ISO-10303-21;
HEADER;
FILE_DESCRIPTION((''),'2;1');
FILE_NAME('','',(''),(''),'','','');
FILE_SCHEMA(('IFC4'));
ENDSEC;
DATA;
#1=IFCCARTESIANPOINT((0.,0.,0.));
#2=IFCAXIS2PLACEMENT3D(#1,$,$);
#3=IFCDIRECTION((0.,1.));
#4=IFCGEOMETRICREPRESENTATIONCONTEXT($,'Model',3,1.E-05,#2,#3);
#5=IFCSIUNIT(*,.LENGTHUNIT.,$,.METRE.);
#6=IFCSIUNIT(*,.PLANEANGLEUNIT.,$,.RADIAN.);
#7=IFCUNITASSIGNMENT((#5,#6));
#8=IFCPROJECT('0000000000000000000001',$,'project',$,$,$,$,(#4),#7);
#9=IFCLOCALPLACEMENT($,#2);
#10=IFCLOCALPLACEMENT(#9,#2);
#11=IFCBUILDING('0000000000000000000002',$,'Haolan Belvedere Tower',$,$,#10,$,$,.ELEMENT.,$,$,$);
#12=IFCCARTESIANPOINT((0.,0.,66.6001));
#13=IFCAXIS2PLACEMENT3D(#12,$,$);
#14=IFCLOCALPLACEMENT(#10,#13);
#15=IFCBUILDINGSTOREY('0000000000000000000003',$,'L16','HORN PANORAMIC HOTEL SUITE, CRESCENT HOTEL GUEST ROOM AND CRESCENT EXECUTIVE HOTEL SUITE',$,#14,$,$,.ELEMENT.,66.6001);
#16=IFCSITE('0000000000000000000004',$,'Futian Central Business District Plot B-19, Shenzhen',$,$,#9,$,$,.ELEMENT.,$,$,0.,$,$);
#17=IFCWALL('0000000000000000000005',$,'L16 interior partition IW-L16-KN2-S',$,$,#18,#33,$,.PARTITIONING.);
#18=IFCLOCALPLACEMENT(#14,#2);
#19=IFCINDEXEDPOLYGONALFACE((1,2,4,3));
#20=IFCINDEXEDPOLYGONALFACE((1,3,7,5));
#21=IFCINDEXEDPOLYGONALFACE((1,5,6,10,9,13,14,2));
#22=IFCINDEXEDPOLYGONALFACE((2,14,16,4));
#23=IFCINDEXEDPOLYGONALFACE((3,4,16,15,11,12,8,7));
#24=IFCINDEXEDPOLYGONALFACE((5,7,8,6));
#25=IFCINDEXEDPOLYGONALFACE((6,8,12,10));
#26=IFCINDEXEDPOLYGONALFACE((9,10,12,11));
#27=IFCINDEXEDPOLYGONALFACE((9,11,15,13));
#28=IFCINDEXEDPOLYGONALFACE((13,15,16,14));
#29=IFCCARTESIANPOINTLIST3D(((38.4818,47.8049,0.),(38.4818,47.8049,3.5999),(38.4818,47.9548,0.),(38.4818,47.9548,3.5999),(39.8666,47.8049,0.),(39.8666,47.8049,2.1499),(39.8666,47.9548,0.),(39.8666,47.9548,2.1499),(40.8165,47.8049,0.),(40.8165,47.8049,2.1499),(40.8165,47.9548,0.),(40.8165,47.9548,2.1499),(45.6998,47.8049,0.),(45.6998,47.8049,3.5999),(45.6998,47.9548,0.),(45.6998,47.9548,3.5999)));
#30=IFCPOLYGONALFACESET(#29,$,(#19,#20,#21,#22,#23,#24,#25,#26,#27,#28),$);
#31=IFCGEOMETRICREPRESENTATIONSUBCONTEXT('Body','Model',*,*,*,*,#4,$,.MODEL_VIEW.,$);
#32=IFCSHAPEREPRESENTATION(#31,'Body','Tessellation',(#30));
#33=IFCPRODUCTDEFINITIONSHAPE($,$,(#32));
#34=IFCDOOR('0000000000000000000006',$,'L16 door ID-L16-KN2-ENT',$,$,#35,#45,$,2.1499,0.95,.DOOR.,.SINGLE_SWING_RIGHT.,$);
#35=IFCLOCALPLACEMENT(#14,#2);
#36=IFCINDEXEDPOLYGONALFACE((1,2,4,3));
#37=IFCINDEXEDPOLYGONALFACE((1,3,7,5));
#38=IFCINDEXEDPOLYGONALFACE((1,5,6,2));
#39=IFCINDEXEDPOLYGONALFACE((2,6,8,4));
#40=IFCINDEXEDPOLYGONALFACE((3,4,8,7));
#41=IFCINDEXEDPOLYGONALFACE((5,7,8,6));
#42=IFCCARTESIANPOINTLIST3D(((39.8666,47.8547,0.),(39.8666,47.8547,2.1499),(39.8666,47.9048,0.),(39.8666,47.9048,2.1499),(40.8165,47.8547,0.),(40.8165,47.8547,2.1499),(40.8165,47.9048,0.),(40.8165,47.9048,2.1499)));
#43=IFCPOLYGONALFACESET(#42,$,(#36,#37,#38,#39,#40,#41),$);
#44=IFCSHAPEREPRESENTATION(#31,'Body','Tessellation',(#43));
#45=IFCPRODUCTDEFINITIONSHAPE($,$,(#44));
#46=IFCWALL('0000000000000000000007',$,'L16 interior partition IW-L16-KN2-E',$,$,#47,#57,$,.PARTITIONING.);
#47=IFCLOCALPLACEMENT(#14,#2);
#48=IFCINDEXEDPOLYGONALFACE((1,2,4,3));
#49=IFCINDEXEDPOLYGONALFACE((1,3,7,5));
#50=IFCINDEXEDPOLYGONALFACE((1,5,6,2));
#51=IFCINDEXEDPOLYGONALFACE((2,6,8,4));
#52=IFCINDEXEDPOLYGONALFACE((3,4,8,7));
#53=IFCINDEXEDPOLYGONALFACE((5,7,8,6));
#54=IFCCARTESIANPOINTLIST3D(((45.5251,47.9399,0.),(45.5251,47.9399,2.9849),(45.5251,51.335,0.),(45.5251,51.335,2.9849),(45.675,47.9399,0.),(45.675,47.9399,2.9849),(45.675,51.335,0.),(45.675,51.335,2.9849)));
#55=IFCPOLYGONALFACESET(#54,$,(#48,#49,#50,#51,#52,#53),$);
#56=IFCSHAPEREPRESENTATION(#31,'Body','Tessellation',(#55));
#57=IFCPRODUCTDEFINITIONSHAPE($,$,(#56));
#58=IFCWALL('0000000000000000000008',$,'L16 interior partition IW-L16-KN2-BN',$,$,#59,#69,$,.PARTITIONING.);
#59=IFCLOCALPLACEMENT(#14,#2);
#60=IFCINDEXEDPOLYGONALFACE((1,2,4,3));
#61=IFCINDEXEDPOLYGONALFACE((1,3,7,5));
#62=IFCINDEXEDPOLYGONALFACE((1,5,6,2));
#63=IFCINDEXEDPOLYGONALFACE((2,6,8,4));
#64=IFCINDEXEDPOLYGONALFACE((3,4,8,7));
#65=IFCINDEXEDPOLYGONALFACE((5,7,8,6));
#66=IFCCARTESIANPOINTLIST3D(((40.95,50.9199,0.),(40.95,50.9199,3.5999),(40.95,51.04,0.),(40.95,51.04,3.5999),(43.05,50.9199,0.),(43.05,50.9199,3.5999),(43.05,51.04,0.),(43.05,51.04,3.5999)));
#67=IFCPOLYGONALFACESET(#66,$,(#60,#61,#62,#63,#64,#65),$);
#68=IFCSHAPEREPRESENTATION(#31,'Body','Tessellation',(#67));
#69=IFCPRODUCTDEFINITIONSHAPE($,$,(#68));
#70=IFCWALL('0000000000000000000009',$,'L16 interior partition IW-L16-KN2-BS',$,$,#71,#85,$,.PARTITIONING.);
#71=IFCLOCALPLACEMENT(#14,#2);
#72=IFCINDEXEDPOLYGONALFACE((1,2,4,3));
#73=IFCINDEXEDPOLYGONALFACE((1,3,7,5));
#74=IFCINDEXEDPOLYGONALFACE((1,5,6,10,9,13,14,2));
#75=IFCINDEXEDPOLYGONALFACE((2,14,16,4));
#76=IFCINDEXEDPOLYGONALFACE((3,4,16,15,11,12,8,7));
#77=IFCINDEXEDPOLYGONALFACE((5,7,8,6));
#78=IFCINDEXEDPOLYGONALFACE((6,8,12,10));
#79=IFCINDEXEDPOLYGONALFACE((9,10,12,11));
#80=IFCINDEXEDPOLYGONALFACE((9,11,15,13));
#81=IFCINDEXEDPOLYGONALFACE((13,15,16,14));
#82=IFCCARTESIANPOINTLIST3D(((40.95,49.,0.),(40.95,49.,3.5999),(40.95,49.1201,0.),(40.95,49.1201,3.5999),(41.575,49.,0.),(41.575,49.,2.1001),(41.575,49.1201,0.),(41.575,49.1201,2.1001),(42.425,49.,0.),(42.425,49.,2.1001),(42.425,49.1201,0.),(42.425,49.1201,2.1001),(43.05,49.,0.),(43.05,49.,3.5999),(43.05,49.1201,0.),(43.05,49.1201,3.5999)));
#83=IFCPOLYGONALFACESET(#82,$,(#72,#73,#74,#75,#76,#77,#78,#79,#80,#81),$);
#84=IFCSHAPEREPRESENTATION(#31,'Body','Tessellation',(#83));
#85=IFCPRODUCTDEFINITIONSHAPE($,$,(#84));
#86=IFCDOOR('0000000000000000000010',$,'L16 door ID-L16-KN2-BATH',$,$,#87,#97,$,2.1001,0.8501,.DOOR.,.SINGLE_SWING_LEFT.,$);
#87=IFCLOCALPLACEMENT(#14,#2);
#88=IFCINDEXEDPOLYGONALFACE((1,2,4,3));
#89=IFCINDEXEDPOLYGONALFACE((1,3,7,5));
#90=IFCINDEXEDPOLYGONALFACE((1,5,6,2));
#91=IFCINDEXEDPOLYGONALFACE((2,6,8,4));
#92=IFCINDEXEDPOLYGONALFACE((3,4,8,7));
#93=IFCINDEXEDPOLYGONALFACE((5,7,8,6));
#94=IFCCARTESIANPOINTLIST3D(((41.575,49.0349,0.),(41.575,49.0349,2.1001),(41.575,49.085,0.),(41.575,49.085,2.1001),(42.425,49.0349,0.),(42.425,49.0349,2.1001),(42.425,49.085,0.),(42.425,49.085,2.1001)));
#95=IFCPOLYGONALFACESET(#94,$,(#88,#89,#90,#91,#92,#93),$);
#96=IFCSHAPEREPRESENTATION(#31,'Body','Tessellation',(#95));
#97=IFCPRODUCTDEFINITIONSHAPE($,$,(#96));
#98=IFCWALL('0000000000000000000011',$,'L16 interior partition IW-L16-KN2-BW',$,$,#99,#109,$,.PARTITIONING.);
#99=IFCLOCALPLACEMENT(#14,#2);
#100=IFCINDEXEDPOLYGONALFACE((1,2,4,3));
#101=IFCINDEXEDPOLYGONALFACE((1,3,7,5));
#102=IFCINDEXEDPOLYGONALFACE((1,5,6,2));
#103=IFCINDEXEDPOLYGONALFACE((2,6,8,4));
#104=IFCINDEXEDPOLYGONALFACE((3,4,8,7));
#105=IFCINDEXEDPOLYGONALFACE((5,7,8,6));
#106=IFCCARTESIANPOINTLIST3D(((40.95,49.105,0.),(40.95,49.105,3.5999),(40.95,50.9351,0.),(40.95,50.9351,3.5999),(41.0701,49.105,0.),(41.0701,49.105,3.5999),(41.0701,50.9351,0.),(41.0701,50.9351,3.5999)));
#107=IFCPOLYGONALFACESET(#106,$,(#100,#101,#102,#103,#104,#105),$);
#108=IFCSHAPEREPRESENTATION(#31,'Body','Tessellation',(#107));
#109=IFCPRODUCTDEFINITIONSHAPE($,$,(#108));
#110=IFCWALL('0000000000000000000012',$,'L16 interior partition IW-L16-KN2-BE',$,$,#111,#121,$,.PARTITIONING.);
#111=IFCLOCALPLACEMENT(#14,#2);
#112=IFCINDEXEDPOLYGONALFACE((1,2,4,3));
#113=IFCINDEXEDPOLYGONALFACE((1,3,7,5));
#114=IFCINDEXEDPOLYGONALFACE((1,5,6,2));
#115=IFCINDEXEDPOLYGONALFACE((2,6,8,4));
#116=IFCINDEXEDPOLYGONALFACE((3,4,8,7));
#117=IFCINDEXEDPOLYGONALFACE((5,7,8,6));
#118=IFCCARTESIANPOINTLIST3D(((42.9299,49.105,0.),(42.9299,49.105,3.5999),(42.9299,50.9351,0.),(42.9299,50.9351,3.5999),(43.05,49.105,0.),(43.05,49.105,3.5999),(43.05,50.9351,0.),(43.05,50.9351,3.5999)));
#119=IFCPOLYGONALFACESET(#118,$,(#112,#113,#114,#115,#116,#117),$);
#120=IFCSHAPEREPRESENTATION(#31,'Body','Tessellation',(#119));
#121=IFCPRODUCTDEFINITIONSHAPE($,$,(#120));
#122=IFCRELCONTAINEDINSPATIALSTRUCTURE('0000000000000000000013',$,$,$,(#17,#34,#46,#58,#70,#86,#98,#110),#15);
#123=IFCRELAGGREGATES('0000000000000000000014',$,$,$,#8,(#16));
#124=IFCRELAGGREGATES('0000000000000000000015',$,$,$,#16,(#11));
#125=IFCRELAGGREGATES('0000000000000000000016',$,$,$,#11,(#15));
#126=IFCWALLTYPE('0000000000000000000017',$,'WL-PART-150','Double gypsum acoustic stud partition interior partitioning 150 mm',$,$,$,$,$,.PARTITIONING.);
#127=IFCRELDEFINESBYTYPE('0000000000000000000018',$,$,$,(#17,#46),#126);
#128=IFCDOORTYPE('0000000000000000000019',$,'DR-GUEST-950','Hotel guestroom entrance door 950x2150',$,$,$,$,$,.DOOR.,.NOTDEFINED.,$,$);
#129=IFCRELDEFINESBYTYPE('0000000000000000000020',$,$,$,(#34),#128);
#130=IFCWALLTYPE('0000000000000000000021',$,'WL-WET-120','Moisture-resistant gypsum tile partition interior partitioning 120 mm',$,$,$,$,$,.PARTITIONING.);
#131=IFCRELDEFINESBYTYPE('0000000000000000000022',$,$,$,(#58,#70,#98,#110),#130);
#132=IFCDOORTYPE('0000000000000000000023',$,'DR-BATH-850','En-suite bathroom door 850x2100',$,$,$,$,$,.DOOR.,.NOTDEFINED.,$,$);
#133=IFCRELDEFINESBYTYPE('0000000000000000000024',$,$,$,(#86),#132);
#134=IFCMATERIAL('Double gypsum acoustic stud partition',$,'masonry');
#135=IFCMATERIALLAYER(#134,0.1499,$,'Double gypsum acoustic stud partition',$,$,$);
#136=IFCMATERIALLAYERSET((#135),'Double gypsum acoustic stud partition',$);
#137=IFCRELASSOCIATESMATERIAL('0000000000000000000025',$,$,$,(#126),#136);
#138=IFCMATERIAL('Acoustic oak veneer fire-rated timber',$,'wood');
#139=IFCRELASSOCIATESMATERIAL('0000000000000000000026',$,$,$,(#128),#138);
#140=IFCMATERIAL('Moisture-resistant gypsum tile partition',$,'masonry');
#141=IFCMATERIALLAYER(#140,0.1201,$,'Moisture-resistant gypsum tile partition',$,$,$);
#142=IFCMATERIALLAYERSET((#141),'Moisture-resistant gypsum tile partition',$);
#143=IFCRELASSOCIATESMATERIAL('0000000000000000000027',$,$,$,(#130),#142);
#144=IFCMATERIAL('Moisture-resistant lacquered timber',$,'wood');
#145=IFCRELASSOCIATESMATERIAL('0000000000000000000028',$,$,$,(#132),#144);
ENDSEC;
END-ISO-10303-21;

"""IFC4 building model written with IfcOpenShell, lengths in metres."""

from ifc_helpers import new_model, si_unit, direction, frame, frame_2d, origin, place, context, subcontext, project, spatial, rectangle, extrude, material, layer, layer_set, type_object, element, fill, save


model = new_model("IFC4")

# Units and contexts
model_context = context("Model", 3, precision=1e-05, world=origin(), true_north=direction((0.0, 1.0)))
body_context = subcontext(model_context, "Body", "Model", "MODEL_VIEW")
ifc_project = project(units=[si_unit("LENGTHUNIT", "METRE"), si_unit("PLANEANGLEUNIT", "RADIAN")], contexts=[model_context])

# Site, building, storey
site_placement = place(None, origin())
site = spatial("IfcSite", under=ifc_project, at=site_placement, Name="Futian Central Business District Plot B-19, Shenzhen", CompositionType="ELEMENT", RefElevation=0.0)
building_placement = place(site_placement, origin())
building = spatial("IfcBuilding", under=site, at=building_placement, Name="Haolan Belvedere Tower", CompositionType="ELEMENT")
storey_placement = place(building_placement, frame((0.0, 0.0, 66.6001)))
storey = spatial("IfcBuildingStorey", under=building, at=storey_placement, Name="L16", Description="HORN PANORAMIC HOTEL SUITE, CRESCENT HOTEL GUEST ROOM AND CRESCENT EXECUTIVE HOTEL SUITE", CompositionType="ELEMENT", Elevation=66.6001)

# Shared definitions
ifc_material_1 = material(Name="Double gypsum acoustic stud partition", Category="masonry")
ifc_layer_1 = layer(ifc_material_1, 0.1499, Name="Double gypsum acoustic stud partition")
ifc_layer_set_1 = layer_set([ifc_layer_1], Name="Double gypsum acoustic stud partition")
wall_type_1 = type_object("IfcWallType", Name="WL-PART-150", Description="Double gypsum acoustic stud partition interior partitioning 150 mm", PredefinedType="PARTITIONING", material=ifc_layer_set_1)

# Wall, opening, door
wall_1_placement = place(storey_placement, frame((38.4819, 47.8799, 0.0), z_axis=(0.0, 0.0, 1.0), x_axis=(1.0, 0.0, 0.0)))
wall_1 = element("IfcWall", 1, at=wall_1_placement, inside=storey, type_object=wall_type_1, Name="L16 interior partition IW-L16-KN2-S", PredefinedType="PARTITIONING", context=body_context, shape_type="SweptSolid", body=[
    extrude(rectangle(XDim=7.218, YDim=0.1499, at=frame_2d((3.6089, 0.0))), origin(), (0.0, 0.0, 1.0), 3.5999),
])
opening_1_placement = place(wall_1_placement, frame((1.3845, 0.0, 0.0)))
opening_1 = element("IfcOpeningElement", 2, at=opening_1_placement, cuts=wall_1, PredefinedType="OPENING", context=body_context, shape_type="SweptSolid", body=[
    extrude(rectangle(XDim=0.95, YDim=2.1499, at=frame_2d((0.4751, 1.075))), frame((0.0, 0.085, 0.0), z_axis=(0.0, -1.0, 0.0), x_axis=(1.0, 0.0, 0.0)), (0.0, 0.0, 1.0), 0.1699),
])
ifc_material_2 = material(Name="Acoustic oak veneer fire-rated timber", Category="wood")
door_type_1 = type_object("IfcDoorType", Name="DR-GUEST-950", Description="Hotel guestroom entrance door 950x2150", OperationType="NOTDEFINED", PredefinedType="DOOR", material=ifc_material_2)
door_1_placement = place(opening_1_placement, origin())
door_1 = element("IfcDoor", 3, at=door_1_placement, inside=storey, type_object=door_type_1, Name="L16 door ID-L16-KN2-ENT", OperationType="SINGLE_SWING_RIGHT", OverallHeight=2.1499, OverallWidth=0.95, PredefinedType="DOOR", context=body_context, shape_type="SweptSolid", body=[
    extrude(rectangle(XDim=0.95, YDim=2.1499, at=frame_2d((0.4751, 1.075))), frame((0.0, 0.0249, 0.0), z_axis=(0.0, -1.0, 0.0), x_axis=(1.0, 0.0, 0.0)), (0.0, 0.0, 1.0), 0.05),
])
fill(opening_1, door_1)

# Walls
wall_2_placement = place(storey_placement, frame((45.6001, 47.9399, 0.0), z_axis=(0.0, 0.0, 1.0), x_axis=(0.0, 1.0, 0.0)))
element("IfcWall", 4, at=wall_2_placement, inside=storey, type_object=wall_type_1, Name="L16 interior partition IW-L16-KN2-E", PredefinedType="PARTITIONING", context=body_context, shape_type="SweptSolid", body=[
    extrude(rectangle(XDim=3.395, YDim=0.1499, at=frame_2d((1.6975, 0.0))), origin(), (0.0, 0.0, 1.0), 2.9849),
])
ifc_material_3 = material(Name="Moisture-resistant gypsum tile partition", Category="masonry")
ifc_layer_2 = layer(ifc_material_3, 0.1201, Name="Moisture-resistant gypsum tile partition")
ifc_layer_set_2 = layer_set([ifc_layer_2], Name="Moisture-resistant gypsum tile partition")
wall_type_2 = type_object("IfcWallType", Name="WL-WET-120", Description="Moisture-resistant gypsum tile partition interior partitioning 120 mm", PredefinedType="PARTITIONING", material=ifc_layer_set_2)
wall_3_placement = place(storey_placement, frame((40.95, 50.98, 0.0), z_axis=(0.0, 0.0, 1.0), x_axis=(1.0, 0.0, 0.0)))
element("IfcWall", 5, at=wall_3_placement, inside=storey, type_object=wall_type_2, Name="L16 interior partition IW-L16-KN2-BN", PredefinedType="PARTITIONING", context=body_context, shape_type="SweptSolid", body=[
    extrude(rectangle(XDim=2.1001, YDim=0.1201, at=frame_2d((1.05, 0.0))), origin(), (0.0, 0.0, 1.0), 3.5999),
])

# Wall, opening, door
wall_4_placement = place(storey_placement, frame((40.95, 49.0601, 0.0), z_axis=(0.0, 0.0, 1.0), x_axis=(1.0, 0.0, 0.0)))
wall_4 = element("IfcWall", 6, at=wall_4_placement, inside=storey, type_object=wall_type_2, Name="L16 interior partition IW-L16-KN2-BS", PredefinedType="PARTITIONING", context=body_context, shape_type="SweptSolid", body=[
    extrude(rectangle(XDim=2.1001, YDim=0.1201, at=frame_2d((1.05, 0.0))), origin(), (0.0, 0.0, 1.0), 3.5999),
])
opening_2_placement = place(wall_4_placement, frame((0.625, 0.0, 0.0)))
opening_2 = element("IfcOpeningElement", 7, at=opening_2_placement, cuts=wall_4, PredefinedType="OPENING", context=body_context, shape_type="SweptSolid", body=[
    extrude(rectangle(XDim=0.8501, YDim=2.1001, at=frame_2d((0.425, 1.05))), frame((0.0, 0.0701, 0.0), z_axis=(0.0, -1.0, 0.0), x_axis=(1.0, 0.0, 0.0)), (0.0, 0.0, 1.0), 0.1401),
])
ifc_material_4 = material(Name="Moisture-resistant lacquered timber", Category="wood")
door_type_2 = type_object("IfcDoorType", Name="DR-BATH-850", Description="En-suite bathroom door 850x2100", OperationType="NOTDEFINED", PredefinedType="DOOR", material=ifc_material_4)
door_2_placement = place(opening_2_placement, origin())
door_2 = element("IfcDoor", 8, at=door_2_placement, inside=storey, type_object=door_type_2, Name="L16 door ID-L16-KN2-BATH", OperationType="SINGLE_SWING_LEFT", OverallHeight=2.1001, OverallWidth=0.8501, PredefinedType="DOOR", context=body_context, shape_type="SweptSolid", body=[
    extrude(rectangle(XDim=0.8501, YDim=2.1001, at=frame_2d((0.425, 1.05))), frame((0.0, 0.0249, 0.0), z_axis=(0.0, -1.0, 0.0), x_axis=(1.0, 0.0, 0.0)), (0.0, 0.0, 1.0), 0.05),
])
fill(opening_2, door_2)

# Walls
for number, where, z_axis, x_axis, name in (
    (9, (41.01, 49.105, 0.0), (0.0, 0.0, 1.0), (0.0, 1.0, 0.0), "L16 interior partition IW-L16-KN2-BW"),
    (10, (42.99, 49.105, 0.0), (0.0, 0.0, 1.0), (0.0, 1.0, 0.0), "L16 interior partition IW-L16-KN2-BE"),
):
    element("IfcWall", number, at=place(storey_placement, frame(where, z_axis=z_axis, x_axis=x_axis)), inside=storey, type_object=wall_type_2, Name=name, PredefinedType="PARTITIONING", context=body_context, shape_type="SweptSolid", body=[
        extrude(rectangle(XDim=1.8301, YDim=0.1201, at=frame_2d((0.915, 0.0))), origin(), (0.0, 0.0, 1.0), 3.5999),
    ])

save(model, "model.ifc")
